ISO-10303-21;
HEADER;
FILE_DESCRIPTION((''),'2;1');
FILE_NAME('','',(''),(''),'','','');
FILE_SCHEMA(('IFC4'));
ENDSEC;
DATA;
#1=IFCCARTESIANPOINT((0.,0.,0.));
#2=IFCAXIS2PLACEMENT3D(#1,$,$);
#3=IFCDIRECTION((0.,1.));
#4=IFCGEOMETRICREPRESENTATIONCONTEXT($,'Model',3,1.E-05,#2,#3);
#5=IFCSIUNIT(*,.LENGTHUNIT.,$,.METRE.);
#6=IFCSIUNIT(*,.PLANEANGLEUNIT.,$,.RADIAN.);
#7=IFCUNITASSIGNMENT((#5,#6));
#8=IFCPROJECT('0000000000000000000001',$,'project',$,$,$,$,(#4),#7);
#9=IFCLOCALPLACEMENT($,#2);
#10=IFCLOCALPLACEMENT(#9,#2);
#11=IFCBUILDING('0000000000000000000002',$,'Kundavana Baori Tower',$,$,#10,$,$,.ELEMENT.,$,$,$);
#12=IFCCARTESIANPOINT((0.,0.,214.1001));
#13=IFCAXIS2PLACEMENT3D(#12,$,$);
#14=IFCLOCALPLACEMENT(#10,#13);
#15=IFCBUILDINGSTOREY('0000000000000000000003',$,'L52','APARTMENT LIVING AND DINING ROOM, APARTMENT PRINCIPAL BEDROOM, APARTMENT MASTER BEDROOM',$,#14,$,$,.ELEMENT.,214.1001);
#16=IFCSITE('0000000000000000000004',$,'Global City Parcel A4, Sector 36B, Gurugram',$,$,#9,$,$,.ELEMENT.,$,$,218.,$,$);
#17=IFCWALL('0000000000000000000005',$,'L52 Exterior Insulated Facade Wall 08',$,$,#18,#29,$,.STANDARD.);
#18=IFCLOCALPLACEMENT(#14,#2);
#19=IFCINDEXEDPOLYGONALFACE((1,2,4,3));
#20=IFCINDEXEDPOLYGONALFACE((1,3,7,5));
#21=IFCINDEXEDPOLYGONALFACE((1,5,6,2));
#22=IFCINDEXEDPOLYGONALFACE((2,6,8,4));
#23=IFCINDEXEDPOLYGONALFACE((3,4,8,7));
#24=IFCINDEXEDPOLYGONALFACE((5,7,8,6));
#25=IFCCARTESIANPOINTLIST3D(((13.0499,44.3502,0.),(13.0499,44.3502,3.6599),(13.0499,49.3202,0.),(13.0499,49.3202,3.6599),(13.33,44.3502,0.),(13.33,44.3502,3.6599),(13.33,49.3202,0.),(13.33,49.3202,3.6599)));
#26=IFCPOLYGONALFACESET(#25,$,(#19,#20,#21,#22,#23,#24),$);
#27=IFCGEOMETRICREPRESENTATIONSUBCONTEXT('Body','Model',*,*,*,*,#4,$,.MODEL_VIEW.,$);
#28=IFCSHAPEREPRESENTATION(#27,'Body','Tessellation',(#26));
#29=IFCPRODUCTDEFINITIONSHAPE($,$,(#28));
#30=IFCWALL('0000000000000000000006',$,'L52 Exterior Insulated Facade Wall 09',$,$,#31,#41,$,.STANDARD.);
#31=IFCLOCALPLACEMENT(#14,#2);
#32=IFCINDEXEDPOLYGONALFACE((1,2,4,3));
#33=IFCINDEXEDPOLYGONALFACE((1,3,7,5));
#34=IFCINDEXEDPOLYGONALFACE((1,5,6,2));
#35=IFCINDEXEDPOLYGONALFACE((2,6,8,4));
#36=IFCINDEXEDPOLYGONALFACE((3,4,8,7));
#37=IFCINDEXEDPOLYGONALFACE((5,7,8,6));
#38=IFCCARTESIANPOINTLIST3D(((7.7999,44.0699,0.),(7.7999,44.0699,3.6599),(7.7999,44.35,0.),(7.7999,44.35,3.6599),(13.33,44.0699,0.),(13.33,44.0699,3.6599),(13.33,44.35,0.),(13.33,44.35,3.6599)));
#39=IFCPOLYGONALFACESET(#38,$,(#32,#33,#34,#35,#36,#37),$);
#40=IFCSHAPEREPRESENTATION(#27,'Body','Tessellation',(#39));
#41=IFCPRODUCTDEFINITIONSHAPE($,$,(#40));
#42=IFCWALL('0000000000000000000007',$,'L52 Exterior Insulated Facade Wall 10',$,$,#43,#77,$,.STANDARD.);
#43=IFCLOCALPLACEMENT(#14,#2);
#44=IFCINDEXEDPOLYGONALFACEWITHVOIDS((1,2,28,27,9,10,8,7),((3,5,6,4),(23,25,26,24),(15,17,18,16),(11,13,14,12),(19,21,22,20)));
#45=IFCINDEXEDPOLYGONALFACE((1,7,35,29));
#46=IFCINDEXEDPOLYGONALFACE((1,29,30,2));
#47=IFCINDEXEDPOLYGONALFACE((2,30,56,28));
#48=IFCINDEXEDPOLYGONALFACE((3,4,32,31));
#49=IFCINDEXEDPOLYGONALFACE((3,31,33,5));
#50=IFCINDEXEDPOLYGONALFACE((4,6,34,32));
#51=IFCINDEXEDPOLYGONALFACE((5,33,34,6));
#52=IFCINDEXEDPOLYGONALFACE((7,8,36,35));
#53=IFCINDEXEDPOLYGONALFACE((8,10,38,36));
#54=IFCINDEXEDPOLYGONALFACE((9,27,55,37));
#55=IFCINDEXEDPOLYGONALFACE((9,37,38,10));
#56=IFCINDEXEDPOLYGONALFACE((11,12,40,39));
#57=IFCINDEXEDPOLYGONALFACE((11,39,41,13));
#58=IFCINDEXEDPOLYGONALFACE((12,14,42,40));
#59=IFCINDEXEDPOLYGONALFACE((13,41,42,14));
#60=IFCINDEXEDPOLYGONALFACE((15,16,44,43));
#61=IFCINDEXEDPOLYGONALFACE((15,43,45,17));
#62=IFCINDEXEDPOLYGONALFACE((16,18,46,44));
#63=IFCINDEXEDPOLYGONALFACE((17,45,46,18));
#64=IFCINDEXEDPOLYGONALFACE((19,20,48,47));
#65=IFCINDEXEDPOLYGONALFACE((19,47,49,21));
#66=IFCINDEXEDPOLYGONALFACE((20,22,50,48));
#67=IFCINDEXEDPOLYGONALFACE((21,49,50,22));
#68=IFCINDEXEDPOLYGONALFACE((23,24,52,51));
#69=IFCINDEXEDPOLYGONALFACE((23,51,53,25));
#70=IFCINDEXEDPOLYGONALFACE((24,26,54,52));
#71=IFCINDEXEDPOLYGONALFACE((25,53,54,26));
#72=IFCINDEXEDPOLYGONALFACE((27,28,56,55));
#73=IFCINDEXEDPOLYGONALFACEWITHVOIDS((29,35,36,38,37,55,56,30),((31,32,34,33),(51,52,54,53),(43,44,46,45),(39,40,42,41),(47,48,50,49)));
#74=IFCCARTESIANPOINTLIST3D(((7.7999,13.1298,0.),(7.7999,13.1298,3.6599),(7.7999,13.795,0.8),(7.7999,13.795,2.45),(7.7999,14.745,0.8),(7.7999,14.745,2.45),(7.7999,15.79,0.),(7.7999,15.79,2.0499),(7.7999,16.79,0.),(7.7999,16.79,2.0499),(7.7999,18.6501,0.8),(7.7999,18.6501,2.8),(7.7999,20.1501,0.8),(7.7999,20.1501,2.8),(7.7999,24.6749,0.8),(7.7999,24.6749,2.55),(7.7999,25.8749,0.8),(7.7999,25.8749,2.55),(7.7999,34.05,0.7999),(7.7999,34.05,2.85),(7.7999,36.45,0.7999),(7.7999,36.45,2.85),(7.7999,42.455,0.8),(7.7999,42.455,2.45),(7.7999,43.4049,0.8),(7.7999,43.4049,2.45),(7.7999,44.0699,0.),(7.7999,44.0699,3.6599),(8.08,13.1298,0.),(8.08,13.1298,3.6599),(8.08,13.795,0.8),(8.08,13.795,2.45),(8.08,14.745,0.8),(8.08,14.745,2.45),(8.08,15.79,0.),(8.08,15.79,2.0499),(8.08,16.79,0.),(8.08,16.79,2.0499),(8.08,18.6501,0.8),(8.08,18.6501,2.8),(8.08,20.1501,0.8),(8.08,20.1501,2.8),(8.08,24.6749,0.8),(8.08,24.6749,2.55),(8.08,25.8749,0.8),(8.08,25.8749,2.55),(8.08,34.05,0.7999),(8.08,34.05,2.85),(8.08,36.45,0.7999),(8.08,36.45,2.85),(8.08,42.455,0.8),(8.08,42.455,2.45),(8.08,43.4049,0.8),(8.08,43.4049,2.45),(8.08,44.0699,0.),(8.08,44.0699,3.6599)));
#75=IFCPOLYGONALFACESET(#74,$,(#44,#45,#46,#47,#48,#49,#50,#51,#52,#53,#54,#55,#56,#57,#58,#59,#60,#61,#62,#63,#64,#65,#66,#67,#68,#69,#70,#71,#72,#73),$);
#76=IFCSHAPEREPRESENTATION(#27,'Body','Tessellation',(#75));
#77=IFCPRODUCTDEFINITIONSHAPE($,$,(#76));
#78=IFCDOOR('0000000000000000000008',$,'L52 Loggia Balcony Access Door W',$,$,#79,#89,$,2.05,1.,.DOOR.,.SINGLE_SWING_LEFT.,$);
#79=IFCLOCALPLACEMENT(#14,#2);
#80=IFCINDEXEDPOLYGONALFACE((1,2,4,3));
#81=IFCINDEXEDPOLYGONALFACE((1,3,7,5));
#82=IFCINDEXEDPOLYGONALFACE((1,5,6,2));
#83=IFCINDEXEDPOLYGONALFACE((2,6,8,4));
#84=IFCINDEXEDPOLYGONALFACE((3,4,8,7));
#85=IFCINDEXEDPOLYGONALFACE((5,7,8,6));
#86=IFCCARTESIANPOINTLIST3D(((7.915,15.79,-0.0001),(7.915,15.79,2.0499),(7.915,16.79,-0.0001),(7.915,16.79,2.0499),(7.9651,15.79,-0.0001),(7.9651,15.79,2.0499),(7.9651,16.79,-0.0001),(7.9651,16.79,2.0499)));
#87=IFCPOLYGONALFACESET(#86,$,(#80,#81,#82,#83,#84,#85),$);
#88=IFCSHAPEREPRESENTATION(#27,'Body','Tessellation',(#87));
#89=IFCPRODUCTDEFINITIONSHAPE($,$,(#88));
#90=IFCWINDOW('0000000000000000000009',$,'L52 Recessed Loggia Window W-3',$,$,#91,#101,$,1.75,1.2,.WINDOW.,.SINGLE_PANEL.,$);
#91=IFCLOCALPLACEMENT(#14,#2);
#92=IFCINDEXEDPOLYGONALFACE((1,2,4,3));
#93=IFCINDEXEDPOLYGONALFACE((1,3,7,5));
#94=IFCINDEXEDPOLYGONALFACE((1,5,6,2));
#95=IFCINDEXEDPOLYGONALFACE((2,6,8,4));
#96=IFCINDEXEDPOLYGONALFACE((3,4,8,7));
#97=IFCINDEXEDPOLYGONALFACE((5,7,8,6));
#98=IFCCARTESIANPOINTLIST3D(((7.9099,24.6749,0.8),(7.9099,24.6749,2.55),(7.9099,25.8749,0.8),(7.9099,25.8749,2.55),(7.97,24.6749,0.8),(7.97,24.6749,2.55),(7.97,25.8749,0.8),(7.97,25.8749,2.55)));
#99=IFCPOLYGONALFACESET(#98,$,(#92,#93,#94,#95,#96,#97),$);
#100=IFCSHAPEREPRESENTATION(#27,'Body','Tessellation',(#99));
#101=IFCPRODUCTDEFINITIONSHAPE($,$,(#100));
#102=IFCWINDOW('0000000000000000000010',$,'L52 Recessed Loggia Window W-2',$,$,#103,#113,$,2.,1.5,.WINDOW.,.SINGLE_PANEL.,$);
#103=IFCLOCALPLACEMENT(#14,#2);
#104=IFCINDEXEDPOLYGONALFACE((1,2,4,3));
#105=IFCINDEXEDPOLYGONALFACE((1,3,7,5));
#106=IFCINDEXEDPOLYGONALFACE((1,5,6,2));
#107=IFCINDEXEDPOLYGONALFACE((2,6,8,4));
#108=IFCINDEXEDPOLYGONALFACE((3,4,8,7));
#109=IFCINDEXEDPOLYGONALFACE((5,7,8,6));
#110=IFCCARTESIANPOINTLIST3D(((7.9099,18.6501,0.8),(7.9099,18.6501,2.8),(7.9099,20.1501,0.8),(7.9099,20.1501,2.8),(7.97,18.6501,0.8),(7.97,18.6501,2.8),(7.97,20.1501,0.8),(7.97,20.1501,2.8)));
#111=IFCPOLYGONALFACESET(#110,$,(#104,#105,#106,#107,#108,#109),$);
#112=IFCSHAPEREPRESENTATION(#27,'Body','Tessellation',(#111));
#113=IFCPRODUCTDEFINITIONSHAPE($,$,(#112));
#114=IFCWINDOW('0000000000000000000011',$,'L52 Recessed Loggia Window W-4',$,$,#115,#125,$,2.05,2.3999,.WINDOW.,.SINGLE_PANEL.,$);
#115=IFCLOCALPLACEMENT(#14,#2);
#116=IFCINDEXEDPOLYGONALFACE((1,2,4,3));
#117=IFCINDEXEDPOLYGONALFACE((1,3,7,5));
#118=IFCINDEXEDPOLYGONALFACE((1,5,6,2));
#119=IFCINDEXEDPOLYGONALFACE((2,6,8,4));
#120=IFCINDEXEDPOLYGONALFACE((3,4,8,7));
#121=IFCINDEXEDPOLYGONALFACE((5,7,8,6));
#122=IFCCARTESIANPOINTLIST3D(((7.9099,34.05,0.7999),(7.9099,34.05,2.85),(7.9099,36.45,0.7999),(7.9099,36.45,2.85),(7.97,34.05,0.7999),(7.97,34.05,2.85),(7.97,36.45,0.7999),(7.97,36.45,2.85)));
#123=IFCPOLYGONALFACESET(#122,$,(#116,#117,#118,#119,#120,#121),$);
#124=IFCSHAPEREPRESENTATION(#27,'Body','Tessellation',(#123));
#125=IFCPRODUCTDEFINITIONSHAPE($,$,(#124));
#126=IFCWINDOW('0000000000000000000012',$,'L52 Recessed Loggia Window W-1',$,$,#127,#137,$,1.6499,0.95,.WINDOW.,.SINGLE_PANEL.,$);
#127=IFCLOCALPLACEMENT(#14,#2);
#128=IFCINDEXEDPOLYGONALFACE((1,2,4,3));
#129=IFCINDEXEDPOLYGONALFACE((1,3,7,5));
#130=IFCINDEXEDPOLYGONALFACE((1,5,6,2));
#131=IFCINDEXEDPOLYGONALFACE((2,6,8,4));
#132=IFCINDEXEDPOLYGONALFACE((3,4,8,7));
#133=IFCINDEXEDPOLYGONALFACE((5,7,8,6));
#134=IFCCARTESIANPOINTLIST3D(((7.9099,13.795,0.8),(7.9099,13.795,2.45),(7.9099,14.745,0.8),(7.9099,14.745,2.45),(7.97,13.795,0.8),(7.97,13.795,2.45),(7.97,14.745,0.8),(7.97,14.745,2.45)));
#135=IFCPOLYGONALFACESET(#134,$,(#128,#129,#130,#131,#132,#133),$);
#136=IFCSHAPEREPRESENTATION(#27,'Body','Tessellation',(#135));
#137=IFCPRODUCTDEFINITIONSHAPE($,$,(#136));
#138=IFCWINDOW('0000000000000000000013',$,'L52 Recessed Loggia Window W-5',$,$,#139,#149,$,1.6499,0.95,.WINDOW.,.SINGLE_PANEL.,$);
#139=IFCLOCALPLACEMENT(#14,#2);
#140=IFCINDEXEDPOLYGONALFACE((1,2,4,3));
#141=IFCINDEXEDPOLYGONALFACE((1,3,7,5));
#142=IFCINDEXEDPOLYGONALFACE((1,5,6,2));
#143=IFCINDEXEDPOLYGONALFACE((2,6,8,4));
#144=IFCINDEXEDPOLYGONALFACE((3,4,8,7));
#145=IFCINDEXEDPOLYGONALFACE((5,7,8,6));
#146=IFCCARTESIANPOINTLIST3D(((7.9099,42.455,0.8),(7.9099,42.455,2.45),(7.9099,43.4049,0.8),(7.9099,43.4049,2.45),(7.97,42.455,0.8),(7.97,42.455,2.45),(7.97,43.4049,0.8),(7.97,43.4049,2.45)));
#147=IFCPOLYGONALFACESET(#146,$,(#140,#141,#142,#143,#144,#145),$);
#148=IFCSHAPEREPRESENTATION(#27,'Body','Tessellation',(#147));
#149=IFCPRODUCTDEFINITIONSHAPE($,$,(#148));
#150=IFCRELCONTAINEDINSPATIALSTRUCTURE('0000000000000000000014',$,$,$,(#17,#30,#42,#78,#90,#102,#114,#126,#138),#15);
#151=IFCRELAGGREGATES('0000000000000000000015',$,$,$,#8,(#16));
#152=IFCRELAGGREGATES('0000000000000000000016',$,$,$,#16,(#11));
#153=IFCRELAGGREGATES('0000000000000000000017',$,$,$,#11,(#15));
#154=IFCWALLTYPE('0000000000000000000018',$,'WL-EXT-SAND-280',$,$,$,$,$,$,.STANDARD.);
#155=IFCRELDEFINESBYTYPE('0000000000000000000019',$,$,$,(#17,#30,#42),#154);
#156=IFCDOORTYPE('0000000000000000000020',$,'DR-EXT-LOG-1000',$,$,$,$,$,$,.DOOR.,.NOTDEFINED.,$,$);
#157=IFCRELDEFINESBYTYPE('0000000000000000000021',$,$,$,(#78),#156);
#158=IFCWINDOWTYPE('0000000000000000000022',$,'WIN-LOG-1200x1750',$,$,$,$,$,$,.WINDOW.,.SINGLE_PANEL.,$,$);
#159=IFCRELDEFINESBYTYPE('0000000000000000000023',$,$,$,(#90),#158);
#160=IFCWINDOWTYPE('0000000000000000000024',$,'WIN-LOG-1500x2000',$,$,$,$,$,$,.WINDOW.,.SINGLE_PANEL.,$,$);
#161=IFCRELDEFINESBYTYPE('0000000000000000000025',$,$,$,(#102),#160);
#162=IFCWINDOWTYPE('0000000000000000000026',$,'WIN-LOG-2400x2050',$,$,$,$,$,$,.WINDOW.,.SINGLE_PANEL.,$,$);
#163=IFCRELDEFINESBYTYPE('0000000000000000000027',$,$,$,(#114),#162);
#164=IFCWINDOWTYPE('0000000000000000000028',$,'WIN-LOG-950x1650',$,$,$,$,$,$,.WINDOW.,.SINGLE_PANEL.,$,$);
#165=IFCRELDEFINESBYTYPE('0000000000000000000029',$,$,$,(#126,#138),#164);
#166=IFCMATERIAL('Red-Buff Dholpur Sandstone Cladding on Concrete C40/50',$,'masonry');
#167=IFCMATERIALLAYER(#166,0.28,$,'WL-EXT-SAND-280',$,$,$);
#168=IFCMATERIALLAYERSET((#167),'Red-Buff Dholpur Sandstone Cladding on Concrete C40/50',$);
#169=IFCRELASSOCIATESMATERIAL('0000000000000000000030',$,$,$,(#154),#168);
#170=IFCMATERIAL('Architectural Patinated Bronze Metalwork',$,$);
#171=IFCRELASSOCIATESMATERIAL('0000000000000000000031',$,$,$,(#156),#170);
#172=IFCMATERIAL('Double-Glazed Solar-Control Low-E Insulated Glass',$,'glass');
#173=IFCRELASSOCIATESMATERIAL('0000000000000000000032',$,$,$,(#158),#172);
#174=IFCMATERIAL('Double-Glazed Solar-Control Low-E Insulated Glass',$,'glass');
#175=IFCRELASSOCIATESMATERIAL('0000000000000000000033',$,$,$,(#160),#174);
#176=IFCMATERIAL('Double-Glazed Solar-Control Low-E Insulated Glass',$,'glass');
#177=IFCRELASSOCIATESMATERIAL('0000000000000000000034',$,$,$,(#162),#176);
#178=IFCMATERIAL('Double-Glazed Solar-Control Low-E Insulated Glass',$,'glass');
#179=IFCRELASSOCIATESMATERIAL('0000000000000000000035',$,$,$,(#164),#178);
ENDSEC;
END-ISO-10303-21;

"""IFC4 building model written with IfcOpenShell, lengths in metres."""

from ifc_helpers import new_model, si_unit, direction, frame, frame_2d, origin, place, context, subcontext, project, spatial, rectangle, extrude, material, layer, layer_set, type_object, element, fill, save


model = new_model("IFC4")

# Units and contexts
model_context = context("Model", 3, precision=1e-05, world=origin(), true_north=direction((0.0, 1.0)))
body_context = subcontext(model_context, "Body", "Model", "MODEL_VIEW")
ifc_project = project(units=[si_unit("LENGTHUNIT", "METRE"), si_unit("PLANEANGLEUNIT", "RADIAN")], contexts=[model_context])

# Site, building, storey
site_placement = place(None, origin())
site = spatial("IfcSite", under=ifc_project, at=site_placement, Name="Global City Parcel A4, Sector 36B, Gurugram", CompositionType="ELEMENT", RefElevation=218.0)
building_placement = place(site_placement, origin())
building = spatial("IfcBuilding", under=site, at=building_placement, Name="Kundavana Baori Tower", CompositionType="ELEMENT")
storey_placement = place(building_placement, frame((0.0, 0.0, 214.1001)))
storey = spatial("IfcBuildingStorey", under=building, at=storey_placement, Name="L52", Description="APARTMENT LIVING AND DINING ROOM, APARTMENT PRINCIPAL BEDROOM, APARTMENT MASTER BEDROOM", CompositionType="ELEMENT", Elevation=214.1001)

# Walls
ifc_material_1 = material(Name="Red-Buff Dholpur Sandstone Cladding on Concrete C40/50", Category="masonry")
ifc_layer_1 = layer(ifc_material_1, 0.28, Name="WL-EXT-SAND-280")
ifc_layer_set_1 = layer_set([ifc_layer_1], Name="Red-Buff Dholpur Sandstone Cladding on Concrete C40/50")
wall_type_1 = type_object("IfcWallType", Name="WL-EXT-SAND-280", PredefinedType="STANDARD", material=ifc_layer_set_1)
wall_1_placement = place(storey_placement, frame((13.1899, 49.3201, 0.0), z_axis=(0.0, 0.0, 1.0), x_axis=(0.0, -1.0, 0.0)))
element("IfcWall", 1, at=wall_1_placement, inside=storey, type_object=wall_type_1, Name="L52 Exterior Insulated Facade Wall 08", PredefinedType="STANDARD", context=body_context, shape_type="SweptSolid", body=[
    extrude(rectangle(XDim=4.97, YDim=0.28, at=frame_2d((2.4849, 0.0))), origin(), (0.0, 0.0, 1.0), 3.6599),
])
wall_2_placement = place(storey_placement, frame((13.3301, 44.21, 0.0), z_axis=(0.0, 0.0, 1.0), x_axis=(-1.0, 0.0, 0.0)))
element("IfcWall", 2, at=wall_2_placement, inside=storey, type_object=wall_type_1, Name="L52 Exterior Insulated Facade Wall 09", PredefinedType="STANDARD", context=body_context, shape_type="SweptSolid", body=[
    extrude(rectangle(XDim=5.53, YDim=0.28, at=frame_2d((2.7651, 0.0))), origin(), (0.0, 0.0, 1.0), 3.6599),
])

# Wall, openings, door, windows
wall_3_placement = place(storey_placement, frame((7.9399, 44.0701, 0.0), z_axis=(0.0, 0.0, 1.0), x_axis=(0.0, -1.0, 0.0)))
wall_3 = element("IfcWall", 3, at=wall_3_placement, inside=storey, type_object=wall_type_1, Name="L52 Exterior Insulated Facade Wall 10", PredefinedType="STANDARD", context=body_context, shape_type="SweptSolid", body=[
    extrude(rectangle(XDim=30.9402, YDim=0.28, at=frame_2d((15.4702, 0.0))), origin(), (0.0, 0.0, 1.0), 3.6599),
])
opening_1_placement = place(wall_3_placement, frame((29.325, 0.0, 0.8)))
opening_1 = element("IfcOpeningElement", 4, at=opening_1_placement, cuts=wall_3, PredefinedType="OPENING", context=body_context, shape_type="SweptSolid", body=[
    extrude(rectangle(XDim=0.95, YDim=1.6499, at=frame_2d((0.4751, 0.825))), frame((0.0, 0.1499, 0.0), z_axis=(0.0, -1.0, 0.0), x_axis=(1.0, 0.0, 0.0)), (0.0, 0.0, 1.0), 0.3),
])
opening_2_placement = place(wall_3_placement, frame((27.28, 0.0, 0.0)))
opening_2 = element("IfcOpeningElement", 5, at=opening_2_placement, cuts=wall_3, PredefinedType="OPENING", context=body_context, shape_type="SweptSolid", body=[
    extrude(rectangle(XDim=1.0, YDim=2.05, at=frame_2d((0.5, 1.0249))), frame((0.0, 0.1499, 0.0), z_axis=(0.0, -1.0, 0.0), x_axis=(1.0, 0.0, 0.0)), (0.0, 0.0, 1.0), 0.3),
])
opening_3_placement = place(wall_3_placement, frame((23.9199, 0.0, 0.8)))
opening_3 = element("IfcOpeningElement", 6, at=opening_3_placement, cuts=wall_3, PredefinedType="OPENING", context=body_context, shape_type="SweptSolid", body=[
    extrude(rectangle(XDim=1.5, YDim=2.0, at=frame_2d((0.75, 1.0))), frame((0.0, 0.1499, 0.0), z_axis=(0.0, -1.0, 0.0), x_axis=(1.0, 0.0, 0.0)), (0.0, 0.0, 1.0), 0.3),
])
opening_4_placement = place(wall_3_placement, frame((18.1951, 0.0, 0.8)))
opening_4 = element("IfcOpeningElement", 7, at=opening_4_placement, cuts=wall_3, PredefinedType="OPENING", context=body_context, shape_type="SweptSolid", body=[
    extrude(rectangle(XDim=1.2, YDim=1.75, at=frame_2d((0.6001, 0.875))), frame((0.0, 0.1499, 0.0), z_axis=(0.0, -1.0, 0.0), x_axis=(1.0, 0.0, 0.0)), (0.0, 0.0, 1.0), 0.3),
])
opening_5_placement = place(wall_3_placement, frame((7.6201, 0.0, 0.8)))
opening_5 = element("IfcOpeningElement", 8, at=opening_5_placement, cuts=wall_3, PredefinedType="OPENING", context=body_context, shape_type="SweptSolid", body=[
    extrude(rectangle(XDim=2.3999, YDim=2.05, at=frame_2d((1.2, 1.0249))), frame((0.0, 0.1499, 0.0), z_axis=(0.0, -1.0, 0.0), x_axis=(1.0, 0.0, 0.0)), (0.0, 0.0, 1.0), 0.3),
])
opening_6_placement = place(wall_3_placement, frame((0.665, 0.0, 0.8)))
opening_6 = element("IfcOpeningElement", 9, at=opening_6_placement, cuts=wall_3, PredefinedType="OPENING", context=body_context, shape_type="SweptSolid", body=[
    extrude(rectangle(XDim=0.95, YDim=1.6499, at=frame_2d((0.4751, 0.825))), frame((0.0, 0.1499, 0.0), z_axis=(0.0, -1.0, 0.0), x_axis=(1.0, 0.0, 0.0)), (0.0, 0.0, 1.0), 0.3),
])
ifc_material_2 = material(Name="Architectural Patinated Bronze Metalwork")
door_type_1 = type_object("IfcDoorType", Name="DR-EXT-LOG-1000", OperationType="NOTDEFINED", PredefinedType="DOOR", material=ifc_material_2)
door_1_placement = place(opening_2_placement, frame((1.0, 0.0, 0.0), z_axis=(0.0, 0.0, 1.0), x_axis=(-1.0, 0.0, 0.0)))
door_1 = element("IfcDoor", 10, at=door_1_placement, inside=storey, type_object=door_type_1, Name="L52 Loggia Balcony Access Door W", OperationType="SINGLE_SWING_LEFT", OverallHeight=2.05, OverallWidth=1.0, PredefinedType="DOOR", context=body_context, shape_type="SweptSolid", body=[
    extrude(rectangle(XDim=1.0, YDim=2.05, at=frame_2d((0.5, 1.0249))), frame((0.0, 0.0249, 0.0), z_axis=(0.0, -1.0, 0.0), x_axis=(1.0, 0.0, 0.0)), (0.0, 0.0, 1.0), 0.05),
])
fill(opening_2, door_1)
ifc_material_3 = material(Name="Double-Glazed Solar-Control Low-E Insulated Glass", Category="glass")
window_type_1 = type_object("IfcWindowType", Name="WIN-LOG-1200x1750", PartitioningType="SINGLE_PANEL", PredefinedType="WINDOW", material=ifc_material_3)
window_1_placement = place(opening_4_placement, origin())
window_1 = element("IfcWindow", 11, at=window_1_placement, inside=storey, type_object=window_type_1, Name="L52 Recessed Loggia Window W-3", OverallHeight=1.75, OverallWidth=1.2, PartitioningType="SINGLE_PANEL", PredefinedType="WINDOW", context=body_context, shape_type="SweptSolid", body=[
    extrude(rectangle(XDim=1.2, YDim=1.75, at=frame_2d((0.6001, 0.875))), frame((0.0, 0.03, 0.0), z_axis=(0.0, -1.0, 0.0), x_axis=(1.0, 0.0, 0.0)), (0.0, 0.0, 1.0), 0.0601),
])
fill(opening_4, window_1)
ifc_material_4 = material(Name="Double-Glazed Solar-Control Low-E Insulated Glass", Category="glass")
window_type_2 = type_object("IfcWindowType", Name="WIN-LOG-1500x2000", PartitioningType="SINGLE_PANEL", PredefinedType="WINDOW", material=ifc_material_4)
window_2_placement = place(opening_3_placement, origin())
window_2 = element("IfcWindow", 12, at=window_2_placement, inside=storey, type_object=window_type_2, Name="L52 Recessed Loggia Window W-2", OverallHeight=2.0, OverallWidth=1.5, PartitioningType="SINGLE_PANEL", PredefinedType="WINDOW", context=body_context, shape_type="SweptSolid", body=[
    extrude(rectangle(XDim=1.5, YDim=2.0, at=frame_2d((0.75, 1.0))), frame((0.0, 0.03, 0.0), z_axis=(0.0, -1.0, 0.0), x_axis=(1.0, 0.0, 0.0)), (0.0, 0.0, 1.0), 0.0601),
])
fill(opening_3, window_2)
ifc_material_5 = material(Name="Double-Glazed Solar-Control Low-E Insulated Glass", Category="glass")
window_type_3 = type_object("IfcWindowType", Name="WIN-LOG-2400x2050", PartitioningType="SINGLE_PANEL", PredefinedType="WINDOW", material=ifc_material_5)
window_3_placement = place(opening_5_placement, origin())
window_3 = element("IfcWindow", 13, at=window_3_placement, inside=storey, type_object=window_type_3, Name="L52 Recessed Loggia Window W-4", OverallHeight=2.05, OverallWidth=2.3999, PartitioningType="SINGLE_PANEL", PredefinedType="WINDOW", context=body_context, shape_type="SweptSolid", body=[
    extrude(rectangle(XDim=2.3999, YDim=2.05, at=frame_2d((1.2, 1.0249))), frame((0.0, 0.03, 0.0), z_axis=(0.0, -1.0, 0.0), x_axis=(1.0, 0.0, 0.0)), (0.0, 0.0, 1.0), 0.0601),
])
fill(opening_5, window_3)
ifc_material_6 = material(Name="Double-Glazed Solar-Control Low-E Insulated Glass", Category="glass")
window_type_4 = type_object("IfcWindowType", Name="WIN-LOG-950x1650", PartitioningType="SINGLE_PANEL", PredefinedType="WINDOW", material=ifc_material_6)
window_4_placement = place(opening_1_placement, origin())
window_4 = element("IfcWindow", 14, at=window_4_placement, inside=storey, type_object=window_type_4, Name="L52 Recessed Loggia Window W-1", OverallHeight=1.6499, OverallWidth=0.95, PartitioningType="SINGLE_PANEL", PredefinedType="WINDOW", context=body_context, shape_type="SweptSolid", body=[
    extrude(rectangle(XDim=0.95, YDim=1.6499, at=frame_2d((0.4751, 0.825))), frame((0.0, 0.03, 0.0), z_axis=(0.0, -1.0, 0.0), x_axis=(1.0, 0.0, 0.0)), (0.0, 0.0, 1.0), 0.0601),
])
fill(opening_1, window_4)
window_5_placement = place(opening_6_placement, origin())
window_5 = element("IfcWindow", 15, at=window_5_placement, inside=storey, type_object=window_type_4, Name="L52 Recessed Loggia Window W-5", OverallHeight=1.6499, OverallWidth=0.95, PartitioningType="SINGLE_PANEL", PredefinedType="WINDOW", context=body_context, shape_type="SweptSolid", body=[
    extrude(rectangle(XDim=0.95, YDim=1.6499, at=frame_2d((0.4751, 0.825))), frame((0.0, 0.03, 0.0), z_axis=(0.0, -1.0, 0.0), x_axis=(1.0, 0.0, 0.0)), (0.0, 0.0, 1.0), 0.0601),
])
fill(opening_6, window_5)

save(model, "model.ifc")
